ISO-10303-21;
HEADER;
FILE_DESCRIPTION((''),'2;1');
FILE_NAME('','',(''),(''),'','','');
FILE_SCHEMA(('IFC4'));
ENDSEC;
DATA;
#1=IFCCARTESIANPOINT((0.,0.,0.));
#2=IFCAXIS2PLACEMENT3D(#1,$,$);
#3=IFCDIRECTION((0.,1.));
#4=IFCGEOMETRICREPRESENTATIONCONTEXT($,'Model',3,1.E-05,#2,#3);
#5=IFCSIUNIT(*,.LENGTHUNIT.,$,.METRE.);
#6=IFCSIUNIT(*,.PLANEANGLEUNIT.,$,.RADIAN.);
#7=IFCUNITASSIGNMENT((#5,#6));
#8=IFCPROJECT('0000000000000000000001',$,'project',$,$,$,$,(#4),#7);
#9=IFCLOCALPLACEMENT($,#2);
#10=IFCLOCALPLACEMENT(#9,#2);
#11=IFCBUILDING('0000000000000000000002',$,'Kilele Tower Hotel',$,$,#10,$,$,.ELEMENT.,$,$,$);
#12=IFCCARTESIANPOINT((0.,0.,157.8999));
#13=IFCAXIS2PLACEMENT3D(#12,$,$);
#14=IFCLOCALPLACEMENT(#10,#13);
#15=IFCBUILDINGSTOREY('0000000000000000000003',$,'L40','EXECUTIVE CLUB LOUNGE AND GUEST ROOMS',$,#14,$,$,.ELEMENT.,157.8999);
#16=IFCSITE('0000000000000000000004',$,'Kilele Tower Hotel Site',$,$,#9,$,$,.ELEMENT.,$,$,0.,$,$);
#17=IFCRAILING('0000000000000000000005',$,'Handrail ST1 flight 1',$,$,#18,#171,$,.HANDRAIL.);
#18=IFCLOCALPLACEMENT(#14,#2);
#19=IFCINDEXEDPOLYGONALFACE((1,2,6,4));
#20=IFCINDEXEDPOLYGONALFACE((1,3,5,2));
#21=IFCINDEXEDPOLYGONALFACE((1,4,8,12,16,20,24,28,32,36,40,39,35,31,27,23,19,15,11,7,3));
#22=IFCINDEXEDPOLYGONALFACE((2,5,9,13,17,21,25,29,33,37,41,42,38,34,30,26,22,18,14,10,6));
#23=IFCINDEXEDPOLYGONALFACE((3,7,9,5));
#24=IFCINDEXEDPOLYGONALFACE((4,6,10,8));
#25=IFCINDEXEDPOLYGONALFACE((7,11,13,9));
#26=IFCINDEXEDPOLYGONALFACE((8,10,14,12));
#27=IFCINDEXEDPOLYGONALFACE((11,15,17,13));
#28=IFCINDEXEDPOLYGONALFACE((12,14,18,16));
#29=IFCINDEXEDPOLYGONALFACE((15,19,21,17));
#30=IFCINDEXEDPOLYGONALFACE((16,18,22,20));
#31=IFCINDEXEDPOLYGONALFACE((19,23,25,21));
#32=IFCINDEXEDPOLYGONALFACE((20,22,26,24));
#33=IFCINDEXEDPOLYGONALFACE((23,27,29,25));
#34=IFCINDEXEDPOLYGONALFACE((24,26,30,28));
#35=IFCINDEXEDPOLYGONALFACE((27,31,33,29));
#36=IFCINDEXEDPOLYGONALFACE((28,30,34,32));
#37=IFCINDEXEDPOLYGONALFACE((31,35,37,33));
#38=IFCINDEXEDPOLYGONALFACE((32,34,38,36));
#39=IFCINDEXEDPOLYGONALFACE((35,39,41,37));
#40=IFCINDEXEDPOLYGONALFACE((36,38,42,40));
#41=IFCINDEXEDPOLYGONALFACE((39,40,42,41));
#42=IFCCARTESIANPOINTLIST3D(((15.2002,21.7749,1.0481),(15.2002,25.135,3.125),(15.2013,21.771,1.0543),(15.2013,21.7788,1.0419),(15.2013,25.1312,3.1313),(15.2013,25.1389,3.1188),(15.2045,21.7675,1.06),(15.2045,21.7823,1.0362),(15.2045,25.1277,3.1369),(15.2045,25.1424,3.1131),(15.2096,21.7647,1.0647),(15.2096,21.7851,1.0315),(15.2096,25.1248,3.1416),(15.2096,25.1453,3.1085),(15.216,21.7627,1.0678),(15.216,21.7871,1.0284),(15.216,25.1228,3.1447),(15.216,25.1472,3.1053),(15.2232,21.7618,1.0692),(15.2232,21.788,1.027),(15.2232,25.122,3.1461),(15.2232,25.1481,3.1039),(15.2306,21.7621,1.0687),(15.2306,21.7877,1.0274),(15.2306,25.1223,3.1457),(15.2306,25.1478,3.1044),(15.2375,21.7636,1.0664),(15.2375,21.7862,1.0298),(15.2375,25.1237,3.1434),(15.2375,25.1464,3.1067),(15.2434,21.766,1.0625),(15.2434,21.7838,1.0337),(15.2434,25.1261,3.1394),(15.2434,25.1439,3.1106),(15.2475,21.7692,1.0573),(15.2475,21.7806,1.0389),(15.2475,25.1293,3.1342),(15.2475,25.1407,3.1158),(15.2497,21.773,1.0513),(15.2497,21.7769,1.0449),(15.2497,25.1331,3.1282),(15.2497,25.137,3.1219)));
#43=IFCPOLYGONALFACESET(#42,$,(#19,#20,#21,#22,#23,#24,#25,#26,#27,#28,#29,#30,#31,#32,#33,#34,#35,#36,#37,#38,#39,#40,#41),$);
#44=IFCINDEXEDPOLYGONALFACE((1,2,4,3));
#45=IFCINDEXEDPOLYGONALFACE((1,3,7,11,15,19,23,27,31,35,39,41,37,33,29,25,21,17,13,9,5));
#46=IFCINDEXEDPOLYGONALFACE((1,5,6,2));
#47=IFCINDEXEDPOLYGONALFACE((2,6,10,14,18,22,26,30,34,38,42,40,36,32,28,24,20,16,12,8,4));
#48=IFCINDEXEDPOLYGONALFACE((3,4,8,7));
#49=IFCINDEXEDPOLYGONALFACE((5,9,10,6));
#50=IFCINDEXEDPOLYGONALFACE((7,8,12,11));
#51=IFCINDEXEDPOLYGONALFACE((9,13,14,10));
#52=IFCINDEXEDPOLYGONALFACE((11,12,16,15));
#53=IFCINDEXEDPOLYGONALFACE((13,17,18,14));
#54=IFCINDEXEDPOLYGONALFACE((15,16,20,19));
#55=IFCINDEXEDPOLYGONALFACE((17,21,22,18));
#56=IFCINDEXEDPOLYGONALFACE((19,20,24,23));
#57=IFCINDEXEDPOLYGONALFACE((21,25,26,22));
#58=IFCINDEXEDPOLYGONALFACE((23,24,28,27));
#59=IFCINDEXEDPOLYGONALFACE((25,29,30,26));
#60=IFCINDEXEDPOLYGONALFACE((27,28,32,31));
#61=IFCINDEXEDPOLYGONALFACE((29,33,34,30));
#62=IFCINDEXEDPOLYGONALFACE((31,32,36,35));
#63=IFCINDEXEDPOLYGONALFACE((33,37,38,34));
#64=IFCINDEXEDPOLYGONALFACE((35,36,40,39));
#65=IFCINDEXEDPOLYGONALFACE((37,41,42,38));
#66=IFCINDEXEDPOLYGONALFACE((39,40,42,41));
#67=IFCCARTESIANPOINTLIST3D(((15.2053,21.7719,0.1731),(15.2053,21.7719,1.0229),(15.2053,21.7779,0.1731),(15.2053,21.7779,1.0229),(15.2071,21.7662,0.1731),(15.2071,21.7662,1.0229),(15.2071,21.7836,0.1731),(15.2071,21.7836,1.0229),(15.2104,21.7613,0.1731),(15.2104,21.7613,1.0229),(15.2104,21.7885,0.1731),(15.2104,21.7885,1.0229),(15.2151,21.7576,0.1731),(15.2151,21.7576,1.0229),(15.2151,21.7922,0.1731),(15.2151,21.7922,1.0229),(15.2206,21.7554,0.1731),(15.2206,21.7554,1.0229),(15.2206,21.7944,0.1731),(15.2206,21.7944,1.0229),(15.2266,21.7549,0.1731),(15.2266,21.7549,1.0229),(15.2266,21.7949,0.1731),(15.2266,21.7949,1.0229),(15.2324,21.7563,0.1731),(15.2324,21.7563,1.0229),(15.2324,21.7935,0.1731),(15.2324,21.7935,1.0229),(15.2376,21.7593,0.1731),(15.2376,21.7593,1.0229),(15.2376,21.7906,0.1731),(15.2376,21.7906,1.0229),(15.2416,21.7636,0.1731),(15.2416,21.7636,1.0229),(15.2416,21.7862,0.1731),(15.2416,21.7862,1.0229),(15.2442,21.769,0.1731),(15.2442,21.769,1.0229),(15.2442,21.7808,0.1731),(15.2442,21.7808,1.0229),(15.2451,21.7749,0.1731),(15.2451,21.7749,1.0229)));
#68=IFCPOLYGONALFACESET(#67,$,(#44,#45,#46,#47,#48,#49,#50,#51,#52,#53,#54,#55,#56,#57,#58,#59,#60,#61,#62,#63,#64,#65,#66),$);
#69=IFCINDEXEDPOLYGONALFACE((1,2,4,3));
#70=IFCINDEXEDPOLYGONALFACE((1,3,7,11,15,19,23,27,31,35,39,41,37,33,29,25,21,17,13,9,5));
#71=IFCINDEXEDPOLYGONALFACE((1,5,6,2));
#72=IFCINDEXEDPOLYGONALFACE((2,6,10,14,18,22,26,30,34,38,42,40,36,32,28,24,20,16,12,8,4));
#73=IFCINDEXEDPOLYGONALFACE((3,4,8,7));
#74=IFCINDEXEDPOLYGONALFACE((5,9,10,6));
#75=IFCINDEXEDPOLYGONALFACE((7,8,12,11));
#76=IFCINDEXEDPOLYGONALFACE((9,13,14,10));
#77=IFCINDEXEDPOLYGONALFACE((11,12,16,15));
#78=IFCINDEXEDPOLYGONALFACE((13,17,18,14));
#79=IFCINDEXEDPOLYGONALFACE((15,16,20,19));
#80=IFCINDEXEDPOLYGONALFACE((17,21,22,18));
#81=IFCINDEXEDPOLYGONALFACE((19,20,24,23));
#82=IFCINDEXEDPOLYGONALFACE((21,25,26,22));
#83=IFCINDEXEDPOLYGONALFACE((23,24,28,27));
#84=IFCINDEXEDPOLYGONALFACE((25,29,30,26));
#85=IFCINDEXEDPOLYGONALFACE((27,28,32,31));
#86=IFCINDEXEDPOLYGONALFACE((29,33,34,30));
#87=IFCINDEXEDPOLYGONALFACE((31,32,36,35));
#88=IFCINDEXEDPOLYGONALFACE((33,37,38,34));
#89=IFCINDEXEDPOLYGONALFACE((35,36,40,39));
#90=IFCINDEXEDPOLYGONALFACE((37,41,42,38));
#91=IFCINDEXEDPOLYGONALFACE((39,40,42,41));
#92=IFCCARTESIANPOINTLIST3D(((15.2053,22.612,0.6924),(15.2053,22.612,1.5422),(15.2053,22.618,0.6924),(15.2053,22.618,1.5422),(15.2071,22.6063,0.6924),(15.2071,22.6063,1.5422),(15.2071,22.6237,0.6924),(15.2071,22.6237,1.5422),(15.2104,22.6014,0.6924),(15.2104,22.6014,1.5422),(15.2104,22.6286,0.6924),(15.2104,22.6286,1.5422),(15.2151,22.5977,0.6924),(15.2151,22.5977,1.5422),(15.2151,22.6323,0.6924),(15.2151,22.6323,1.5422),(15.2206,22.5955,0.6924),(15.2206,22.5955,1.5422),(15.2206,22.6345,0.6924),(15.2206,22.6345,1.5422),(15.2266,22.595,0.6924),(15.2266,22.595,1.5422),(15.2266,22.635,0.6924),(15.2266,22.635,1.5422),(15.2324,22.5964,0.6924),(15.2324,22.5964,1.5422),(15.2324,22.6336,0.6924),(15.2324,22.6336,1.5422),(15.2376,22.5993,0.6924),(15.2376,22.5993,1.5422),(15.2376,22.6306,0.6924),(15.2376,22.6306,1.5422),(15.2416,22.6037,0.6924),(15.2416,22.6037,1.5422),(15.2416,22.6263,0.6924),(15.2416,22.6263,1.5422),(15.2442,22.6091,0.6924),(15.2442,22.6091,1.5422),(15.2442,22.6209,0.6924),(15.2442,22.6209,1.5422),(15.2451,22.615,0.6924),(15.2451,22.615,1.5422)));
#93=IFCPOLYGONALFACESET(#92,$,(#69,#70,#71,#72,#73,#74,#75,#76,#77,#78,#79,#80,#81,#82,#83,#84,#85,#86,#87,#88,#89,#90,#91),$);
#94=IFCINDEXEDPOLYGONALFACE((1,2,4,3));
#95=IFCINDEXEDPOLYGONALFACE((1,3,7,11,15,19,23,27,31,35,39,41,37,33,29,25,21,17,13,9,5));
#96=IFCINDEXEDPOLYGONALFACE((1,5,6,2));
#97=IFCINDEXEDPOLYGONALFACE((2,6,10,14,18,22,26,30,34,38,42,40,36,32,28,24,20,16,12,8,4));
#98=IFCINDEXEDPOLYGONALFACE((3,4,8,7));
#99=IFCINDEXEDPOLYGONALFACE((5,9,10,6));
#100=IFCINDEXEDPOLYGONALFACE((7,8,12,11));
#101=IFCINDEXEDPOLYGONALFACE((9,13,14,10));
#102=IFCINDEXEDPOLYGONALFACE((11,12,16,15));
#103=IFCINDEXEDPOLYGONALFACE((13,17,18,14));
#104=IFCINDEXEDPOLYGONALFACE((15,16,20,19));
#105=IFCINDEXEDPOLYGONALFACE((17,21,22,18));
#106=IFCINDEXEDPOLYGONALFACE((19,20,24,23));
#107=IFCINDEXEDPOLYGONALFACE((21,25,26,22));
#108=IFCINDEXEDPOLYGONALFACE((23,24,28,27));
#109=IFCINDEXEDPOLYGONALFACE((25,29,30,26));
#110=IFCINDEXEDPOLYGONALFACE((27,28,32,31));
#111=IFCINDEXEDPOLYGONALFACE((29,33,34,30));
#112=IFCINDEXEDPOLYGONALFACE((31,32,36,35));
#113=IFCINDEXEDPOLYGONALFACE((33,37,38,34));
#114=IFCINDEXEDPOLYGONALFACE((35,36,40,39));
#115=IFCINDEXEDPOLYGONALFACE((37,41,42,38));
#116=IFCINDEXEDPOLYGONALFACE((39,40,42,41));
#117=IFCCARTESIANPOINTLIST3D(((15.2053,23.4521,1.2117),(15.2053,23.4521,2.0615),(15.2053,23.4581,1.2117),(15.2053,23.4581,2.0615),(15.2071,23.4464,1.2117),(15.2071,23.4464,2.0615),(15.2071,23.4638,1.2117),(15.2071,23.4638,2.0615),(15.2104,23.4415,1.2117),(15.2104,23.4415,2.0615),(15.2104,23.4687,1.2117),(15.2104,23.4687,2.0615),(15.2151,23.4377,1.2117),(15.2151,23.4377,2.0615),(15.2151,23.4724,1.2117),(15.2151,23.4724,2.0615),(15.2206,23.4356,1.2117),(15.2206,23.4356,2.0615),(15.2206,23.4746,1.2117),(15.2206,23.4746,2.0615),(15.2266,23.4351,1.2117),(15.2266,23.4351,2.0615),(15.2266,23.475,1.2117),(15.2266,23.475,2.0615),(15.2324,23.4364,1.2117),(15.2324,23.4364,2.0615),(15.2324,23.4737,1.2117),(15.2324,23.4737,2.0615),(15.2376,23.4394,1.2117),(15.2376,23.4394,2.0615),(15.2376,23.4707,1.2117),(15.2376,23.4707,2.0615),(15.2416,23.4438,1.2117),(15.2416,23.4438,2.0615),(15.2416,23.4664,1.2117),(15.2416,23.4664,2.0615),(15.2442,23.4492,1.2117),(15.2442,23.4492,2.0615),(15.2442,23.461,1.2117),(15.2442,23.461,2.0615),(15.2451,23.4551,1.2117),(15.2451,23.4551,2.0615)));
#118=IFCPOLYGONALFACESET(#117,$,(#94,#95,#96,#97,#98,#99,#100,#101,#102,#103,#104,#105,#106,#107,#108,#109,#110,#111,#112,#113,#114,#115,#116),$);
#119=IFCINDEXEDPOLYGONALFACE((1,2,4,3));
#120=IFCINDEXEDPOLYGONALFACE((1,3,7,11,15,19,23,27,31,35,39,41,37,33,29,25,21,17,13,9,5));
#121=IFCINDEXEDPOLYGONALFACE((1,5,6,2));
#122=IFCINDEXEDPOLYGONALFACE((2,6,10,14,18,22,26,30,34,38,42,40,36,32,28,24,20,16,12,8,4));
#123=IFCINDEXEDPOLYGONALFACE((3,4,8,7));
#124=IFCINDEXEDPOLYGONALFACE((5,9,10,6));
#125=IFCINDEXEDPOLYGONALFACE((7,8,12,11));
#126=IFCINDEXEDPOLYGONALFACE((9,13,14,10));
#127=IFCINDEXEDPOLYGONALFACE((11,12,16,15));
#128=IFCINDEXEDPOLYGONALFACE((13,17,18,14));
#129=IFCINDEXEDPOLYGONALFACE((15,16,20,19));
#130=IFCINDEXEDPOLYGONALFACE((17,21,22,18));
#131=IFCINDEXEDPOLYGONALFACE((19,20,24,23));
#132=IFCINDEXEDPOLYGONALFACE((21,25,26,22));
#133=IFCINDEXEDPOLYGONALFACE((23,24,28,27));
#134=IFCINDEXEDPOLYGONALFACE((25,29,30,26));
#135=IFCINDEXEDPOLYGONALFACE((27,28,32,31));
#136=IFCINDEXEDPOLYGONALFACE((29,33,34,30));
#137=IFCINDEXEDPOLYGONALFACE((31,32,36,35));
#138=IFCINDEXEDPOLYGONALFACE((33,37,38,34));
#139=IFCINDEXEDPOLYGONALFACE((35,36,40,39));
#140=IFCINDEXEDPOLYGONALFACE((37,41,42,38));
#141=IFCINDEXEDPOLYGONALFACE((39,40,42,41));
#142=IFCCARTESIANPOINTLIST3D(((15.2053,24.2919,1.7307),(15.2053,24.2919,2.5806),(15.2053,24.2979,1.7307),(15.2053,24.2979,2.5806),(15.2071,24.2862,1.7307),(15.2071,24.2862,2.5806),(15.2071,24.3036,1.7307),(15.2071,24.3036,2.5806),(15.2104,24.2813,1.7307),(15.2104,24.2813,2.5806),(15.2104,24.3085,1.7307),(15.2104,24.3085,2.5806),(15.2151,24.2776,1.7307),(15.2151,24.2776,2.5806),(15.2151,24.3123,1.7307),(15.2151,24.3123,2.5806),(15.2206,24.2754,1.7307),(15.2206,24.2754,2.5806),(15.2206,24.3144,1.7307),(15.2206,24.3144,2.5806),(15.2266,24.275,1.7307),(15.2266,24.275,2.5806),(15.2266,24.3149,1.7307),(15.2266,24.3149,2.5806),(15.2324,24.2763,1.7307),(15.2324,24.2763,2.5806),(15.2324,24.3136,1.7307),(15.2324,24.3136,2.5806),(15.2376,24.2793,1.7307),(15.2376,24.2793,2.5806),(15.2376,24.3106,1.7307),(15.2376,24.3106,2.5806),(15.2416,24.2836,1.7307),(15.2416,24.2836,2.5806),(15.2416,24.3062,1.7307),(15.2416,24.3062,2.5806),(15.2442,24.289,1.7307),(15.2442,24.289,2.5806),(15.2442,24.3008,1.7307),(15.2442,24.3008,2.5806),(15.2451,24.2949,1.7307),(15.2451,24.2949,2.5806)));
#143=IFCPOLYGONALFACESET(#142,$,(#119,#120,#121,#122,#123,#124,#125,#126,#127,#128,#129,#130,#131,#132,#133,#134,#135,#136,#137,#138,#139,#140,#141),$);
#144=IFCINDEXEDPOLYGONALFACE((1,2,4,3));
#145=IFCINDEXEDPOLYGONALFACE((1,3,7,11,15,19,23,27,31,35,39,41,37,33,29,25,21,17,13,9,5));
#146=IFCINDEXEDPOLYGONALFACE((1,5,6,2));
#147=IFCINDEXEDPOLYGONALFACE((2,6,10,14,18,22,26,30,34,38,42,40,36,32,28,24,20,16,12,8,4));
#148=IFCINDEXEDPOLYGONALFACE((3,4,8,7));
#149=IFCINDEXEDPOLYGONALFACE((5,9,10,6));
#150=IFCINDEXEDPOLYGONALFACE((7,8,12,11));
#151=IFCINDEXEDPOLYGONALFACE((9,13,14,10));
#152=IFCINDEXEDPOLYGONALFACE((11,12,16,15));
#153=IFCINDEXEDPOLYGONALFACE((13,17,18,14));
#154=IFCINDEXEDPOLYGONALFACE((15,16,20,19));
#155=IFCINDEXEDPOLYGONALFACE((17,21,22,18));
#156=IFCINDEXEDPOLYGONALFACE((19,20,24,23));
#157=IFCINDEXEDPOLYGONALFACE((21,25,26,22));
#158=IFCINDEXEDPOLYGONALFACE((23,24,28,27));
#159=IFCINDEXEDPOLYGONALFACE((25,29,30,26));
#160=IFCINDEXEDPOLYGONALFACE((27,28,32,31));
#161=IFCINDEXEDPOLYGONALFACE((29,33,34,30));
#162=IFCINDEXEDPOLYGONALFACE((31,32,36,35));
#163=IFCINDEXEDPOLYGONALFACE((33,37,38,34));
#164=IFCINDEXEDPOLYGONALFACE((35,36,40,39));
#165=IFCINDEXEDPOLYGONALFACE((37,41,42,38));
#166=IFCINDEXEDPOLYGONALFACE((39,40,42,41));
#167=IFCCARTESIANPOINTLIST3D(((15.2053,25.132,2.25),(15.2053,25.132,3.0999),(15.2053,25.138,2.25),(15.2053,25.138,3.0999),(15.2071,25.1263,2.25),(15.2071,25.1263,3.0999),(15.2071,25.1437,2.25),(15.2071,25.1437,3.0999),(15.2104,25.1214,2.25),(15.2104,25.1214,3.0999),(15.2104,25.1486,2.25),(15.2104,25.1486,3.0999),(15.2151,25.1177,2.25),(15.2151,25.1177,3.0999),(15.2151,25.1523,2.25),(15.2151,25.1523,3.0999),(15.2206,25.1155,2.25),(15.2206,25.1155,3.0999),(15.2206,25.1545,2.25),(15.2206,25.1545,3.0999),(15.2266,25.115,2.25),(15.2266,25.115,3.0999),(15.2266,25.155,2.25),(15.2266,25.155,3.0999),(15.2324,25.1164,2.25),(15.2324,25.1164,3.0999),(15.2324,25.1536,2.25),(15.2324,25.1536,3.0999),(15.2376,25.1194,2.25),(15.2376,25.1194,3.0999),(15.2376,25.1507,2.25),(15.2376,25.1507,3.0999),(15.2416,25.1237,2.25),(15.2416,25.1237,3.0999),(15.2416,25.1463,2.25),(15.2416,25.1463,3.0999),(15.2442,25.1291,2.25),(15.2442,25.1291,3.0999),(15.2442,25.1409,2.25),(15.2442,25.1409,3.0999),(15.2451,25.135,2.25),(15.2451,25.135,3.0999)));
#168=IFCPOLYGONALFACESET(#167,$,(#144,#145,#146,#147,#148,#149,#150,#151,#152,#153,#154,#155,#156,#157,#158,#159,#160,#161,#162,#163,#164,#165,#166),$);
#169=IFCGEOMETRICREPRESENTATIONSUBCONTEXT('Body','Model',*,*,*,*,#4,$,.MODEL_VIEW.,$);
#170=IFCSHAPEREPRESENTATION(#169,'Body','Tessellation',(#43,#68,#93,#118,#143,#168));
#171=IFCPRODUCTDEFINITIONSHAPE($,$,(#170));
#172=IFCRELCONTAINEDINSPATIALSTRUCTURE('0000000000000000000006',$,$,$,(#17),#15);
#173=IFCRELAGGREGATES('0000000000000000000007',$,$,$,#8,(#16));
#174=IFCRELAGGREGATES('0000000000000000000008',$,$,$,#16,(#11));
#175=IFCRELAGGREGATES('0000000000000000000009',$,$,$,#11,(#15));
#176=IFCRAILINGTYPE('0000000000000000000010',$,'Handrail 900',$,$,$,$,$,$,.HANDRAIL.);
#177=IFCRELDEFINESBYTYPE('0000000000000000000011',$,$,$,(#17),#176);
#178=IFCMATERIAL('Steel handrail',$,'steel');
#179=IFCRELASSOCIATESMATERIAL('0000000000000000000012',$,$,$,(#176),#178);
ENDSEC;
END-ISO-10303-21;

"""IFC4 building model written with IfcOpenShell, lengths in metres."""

from ifc_helpers import new_model, si_unit, direction, frame, origin, origin_2d, place, context, subcontext, project, spatial, circle, extrude, material, type_object, element, save


model = new_model("IFC4")

# Units and contexts
model_context = context("Model", 3, precision=1e-05, world=origin(), true_north=direction((0.0, 1.0)))
body_context = subcontext(model_context, "Body", "Model", "MODEL_VIEW")
ifc_project = project(units=[si_unit("LENGTHUNIT", "METRE"), si_unit("PLANEANGLEUNIT", "RADIAN")], contexts=[model_context])

# Site, building, storey
site_placement = place(None, origin())
site = spatial("IfcSite", under=ifc_project, at=site_placement, Name="Kilele Tower Hotel Site", CompositionType="ELEMENT", RefElevation=0.0)
building_placement = place(site_placement, origin())
building = spatial("IfcBuilding", under=site, at=building_placement, Name="Kilele Tower Hotel", CompositionType="ELEMENT")
storey_placement = place(building_placement, frame((0.0, 0.0, 157.8999)))
storey = spatial("IfcBuildingStorey", under=building, at=storey_placement, Name="L40", Description="EXECUTIVE CLUB LOUNGE AND GUEST ROOMS", CompositionType="ELEMENT", Elevation=157.8999)

# Railing
ifc_material_1 = material(Name="Steel handrail", Category="steel")
railing_type_1 = type_object("IfcRailingType", Name="Handrail 900", PredefinedType="HANDRAIL", material=ifc_material_1)
for number, where, name in (
    (1, (15.2251, 21.7749, 0.1731), "Handrail ST1 flight 1"),
):
    element("IfcRailing", number, at=place(storey_placement, frame(where)), inside=storey, type_object=railing_type_1, Name=name, PredefinedType="HANDRAIL", context=body_context, shape_type="SweptSolid", body=[
        extrude(circle(Radius=0.0249, at=origin_2d()), frame((0.0, 0.0, 0.875), z_axis=(0.0, 0.850623, 0.525776), x_axis=(-1.0, 0.0, 0.0)), (0.0, 0.0, 1.0), 3.9502),
        extrude(circle(Radius=0.02, at=origin_2d()), origin(), (0.0, 0.0, 1.0), 0.8499),
        extrude(circle(Radius=0.02, at=origin_2d()), frame((0.0, 0.8401, 0.5193)), (0.0, 0.0, 1.0), 0.8499),
        extrude(circle(Radius=0.02, at=origin_2d()), frame((0.0, 1.6802, 1.0386)), (0.0, 0.0, 1.0), 0.8499),
        extrude(circle(Radius=0.02, at=origin_2d()), frame((0.0, 2.52, 1.5576)), (0.0, 0.0, 1.0), 0.8499),
        extrude(circle(Radius=0.02, at=origin_2d()), frame((0.0, 3.3601, 2.0769)), (0.0, 0.0, 1.0), 0.8499),
    ])

save(model, "model.ifc")
